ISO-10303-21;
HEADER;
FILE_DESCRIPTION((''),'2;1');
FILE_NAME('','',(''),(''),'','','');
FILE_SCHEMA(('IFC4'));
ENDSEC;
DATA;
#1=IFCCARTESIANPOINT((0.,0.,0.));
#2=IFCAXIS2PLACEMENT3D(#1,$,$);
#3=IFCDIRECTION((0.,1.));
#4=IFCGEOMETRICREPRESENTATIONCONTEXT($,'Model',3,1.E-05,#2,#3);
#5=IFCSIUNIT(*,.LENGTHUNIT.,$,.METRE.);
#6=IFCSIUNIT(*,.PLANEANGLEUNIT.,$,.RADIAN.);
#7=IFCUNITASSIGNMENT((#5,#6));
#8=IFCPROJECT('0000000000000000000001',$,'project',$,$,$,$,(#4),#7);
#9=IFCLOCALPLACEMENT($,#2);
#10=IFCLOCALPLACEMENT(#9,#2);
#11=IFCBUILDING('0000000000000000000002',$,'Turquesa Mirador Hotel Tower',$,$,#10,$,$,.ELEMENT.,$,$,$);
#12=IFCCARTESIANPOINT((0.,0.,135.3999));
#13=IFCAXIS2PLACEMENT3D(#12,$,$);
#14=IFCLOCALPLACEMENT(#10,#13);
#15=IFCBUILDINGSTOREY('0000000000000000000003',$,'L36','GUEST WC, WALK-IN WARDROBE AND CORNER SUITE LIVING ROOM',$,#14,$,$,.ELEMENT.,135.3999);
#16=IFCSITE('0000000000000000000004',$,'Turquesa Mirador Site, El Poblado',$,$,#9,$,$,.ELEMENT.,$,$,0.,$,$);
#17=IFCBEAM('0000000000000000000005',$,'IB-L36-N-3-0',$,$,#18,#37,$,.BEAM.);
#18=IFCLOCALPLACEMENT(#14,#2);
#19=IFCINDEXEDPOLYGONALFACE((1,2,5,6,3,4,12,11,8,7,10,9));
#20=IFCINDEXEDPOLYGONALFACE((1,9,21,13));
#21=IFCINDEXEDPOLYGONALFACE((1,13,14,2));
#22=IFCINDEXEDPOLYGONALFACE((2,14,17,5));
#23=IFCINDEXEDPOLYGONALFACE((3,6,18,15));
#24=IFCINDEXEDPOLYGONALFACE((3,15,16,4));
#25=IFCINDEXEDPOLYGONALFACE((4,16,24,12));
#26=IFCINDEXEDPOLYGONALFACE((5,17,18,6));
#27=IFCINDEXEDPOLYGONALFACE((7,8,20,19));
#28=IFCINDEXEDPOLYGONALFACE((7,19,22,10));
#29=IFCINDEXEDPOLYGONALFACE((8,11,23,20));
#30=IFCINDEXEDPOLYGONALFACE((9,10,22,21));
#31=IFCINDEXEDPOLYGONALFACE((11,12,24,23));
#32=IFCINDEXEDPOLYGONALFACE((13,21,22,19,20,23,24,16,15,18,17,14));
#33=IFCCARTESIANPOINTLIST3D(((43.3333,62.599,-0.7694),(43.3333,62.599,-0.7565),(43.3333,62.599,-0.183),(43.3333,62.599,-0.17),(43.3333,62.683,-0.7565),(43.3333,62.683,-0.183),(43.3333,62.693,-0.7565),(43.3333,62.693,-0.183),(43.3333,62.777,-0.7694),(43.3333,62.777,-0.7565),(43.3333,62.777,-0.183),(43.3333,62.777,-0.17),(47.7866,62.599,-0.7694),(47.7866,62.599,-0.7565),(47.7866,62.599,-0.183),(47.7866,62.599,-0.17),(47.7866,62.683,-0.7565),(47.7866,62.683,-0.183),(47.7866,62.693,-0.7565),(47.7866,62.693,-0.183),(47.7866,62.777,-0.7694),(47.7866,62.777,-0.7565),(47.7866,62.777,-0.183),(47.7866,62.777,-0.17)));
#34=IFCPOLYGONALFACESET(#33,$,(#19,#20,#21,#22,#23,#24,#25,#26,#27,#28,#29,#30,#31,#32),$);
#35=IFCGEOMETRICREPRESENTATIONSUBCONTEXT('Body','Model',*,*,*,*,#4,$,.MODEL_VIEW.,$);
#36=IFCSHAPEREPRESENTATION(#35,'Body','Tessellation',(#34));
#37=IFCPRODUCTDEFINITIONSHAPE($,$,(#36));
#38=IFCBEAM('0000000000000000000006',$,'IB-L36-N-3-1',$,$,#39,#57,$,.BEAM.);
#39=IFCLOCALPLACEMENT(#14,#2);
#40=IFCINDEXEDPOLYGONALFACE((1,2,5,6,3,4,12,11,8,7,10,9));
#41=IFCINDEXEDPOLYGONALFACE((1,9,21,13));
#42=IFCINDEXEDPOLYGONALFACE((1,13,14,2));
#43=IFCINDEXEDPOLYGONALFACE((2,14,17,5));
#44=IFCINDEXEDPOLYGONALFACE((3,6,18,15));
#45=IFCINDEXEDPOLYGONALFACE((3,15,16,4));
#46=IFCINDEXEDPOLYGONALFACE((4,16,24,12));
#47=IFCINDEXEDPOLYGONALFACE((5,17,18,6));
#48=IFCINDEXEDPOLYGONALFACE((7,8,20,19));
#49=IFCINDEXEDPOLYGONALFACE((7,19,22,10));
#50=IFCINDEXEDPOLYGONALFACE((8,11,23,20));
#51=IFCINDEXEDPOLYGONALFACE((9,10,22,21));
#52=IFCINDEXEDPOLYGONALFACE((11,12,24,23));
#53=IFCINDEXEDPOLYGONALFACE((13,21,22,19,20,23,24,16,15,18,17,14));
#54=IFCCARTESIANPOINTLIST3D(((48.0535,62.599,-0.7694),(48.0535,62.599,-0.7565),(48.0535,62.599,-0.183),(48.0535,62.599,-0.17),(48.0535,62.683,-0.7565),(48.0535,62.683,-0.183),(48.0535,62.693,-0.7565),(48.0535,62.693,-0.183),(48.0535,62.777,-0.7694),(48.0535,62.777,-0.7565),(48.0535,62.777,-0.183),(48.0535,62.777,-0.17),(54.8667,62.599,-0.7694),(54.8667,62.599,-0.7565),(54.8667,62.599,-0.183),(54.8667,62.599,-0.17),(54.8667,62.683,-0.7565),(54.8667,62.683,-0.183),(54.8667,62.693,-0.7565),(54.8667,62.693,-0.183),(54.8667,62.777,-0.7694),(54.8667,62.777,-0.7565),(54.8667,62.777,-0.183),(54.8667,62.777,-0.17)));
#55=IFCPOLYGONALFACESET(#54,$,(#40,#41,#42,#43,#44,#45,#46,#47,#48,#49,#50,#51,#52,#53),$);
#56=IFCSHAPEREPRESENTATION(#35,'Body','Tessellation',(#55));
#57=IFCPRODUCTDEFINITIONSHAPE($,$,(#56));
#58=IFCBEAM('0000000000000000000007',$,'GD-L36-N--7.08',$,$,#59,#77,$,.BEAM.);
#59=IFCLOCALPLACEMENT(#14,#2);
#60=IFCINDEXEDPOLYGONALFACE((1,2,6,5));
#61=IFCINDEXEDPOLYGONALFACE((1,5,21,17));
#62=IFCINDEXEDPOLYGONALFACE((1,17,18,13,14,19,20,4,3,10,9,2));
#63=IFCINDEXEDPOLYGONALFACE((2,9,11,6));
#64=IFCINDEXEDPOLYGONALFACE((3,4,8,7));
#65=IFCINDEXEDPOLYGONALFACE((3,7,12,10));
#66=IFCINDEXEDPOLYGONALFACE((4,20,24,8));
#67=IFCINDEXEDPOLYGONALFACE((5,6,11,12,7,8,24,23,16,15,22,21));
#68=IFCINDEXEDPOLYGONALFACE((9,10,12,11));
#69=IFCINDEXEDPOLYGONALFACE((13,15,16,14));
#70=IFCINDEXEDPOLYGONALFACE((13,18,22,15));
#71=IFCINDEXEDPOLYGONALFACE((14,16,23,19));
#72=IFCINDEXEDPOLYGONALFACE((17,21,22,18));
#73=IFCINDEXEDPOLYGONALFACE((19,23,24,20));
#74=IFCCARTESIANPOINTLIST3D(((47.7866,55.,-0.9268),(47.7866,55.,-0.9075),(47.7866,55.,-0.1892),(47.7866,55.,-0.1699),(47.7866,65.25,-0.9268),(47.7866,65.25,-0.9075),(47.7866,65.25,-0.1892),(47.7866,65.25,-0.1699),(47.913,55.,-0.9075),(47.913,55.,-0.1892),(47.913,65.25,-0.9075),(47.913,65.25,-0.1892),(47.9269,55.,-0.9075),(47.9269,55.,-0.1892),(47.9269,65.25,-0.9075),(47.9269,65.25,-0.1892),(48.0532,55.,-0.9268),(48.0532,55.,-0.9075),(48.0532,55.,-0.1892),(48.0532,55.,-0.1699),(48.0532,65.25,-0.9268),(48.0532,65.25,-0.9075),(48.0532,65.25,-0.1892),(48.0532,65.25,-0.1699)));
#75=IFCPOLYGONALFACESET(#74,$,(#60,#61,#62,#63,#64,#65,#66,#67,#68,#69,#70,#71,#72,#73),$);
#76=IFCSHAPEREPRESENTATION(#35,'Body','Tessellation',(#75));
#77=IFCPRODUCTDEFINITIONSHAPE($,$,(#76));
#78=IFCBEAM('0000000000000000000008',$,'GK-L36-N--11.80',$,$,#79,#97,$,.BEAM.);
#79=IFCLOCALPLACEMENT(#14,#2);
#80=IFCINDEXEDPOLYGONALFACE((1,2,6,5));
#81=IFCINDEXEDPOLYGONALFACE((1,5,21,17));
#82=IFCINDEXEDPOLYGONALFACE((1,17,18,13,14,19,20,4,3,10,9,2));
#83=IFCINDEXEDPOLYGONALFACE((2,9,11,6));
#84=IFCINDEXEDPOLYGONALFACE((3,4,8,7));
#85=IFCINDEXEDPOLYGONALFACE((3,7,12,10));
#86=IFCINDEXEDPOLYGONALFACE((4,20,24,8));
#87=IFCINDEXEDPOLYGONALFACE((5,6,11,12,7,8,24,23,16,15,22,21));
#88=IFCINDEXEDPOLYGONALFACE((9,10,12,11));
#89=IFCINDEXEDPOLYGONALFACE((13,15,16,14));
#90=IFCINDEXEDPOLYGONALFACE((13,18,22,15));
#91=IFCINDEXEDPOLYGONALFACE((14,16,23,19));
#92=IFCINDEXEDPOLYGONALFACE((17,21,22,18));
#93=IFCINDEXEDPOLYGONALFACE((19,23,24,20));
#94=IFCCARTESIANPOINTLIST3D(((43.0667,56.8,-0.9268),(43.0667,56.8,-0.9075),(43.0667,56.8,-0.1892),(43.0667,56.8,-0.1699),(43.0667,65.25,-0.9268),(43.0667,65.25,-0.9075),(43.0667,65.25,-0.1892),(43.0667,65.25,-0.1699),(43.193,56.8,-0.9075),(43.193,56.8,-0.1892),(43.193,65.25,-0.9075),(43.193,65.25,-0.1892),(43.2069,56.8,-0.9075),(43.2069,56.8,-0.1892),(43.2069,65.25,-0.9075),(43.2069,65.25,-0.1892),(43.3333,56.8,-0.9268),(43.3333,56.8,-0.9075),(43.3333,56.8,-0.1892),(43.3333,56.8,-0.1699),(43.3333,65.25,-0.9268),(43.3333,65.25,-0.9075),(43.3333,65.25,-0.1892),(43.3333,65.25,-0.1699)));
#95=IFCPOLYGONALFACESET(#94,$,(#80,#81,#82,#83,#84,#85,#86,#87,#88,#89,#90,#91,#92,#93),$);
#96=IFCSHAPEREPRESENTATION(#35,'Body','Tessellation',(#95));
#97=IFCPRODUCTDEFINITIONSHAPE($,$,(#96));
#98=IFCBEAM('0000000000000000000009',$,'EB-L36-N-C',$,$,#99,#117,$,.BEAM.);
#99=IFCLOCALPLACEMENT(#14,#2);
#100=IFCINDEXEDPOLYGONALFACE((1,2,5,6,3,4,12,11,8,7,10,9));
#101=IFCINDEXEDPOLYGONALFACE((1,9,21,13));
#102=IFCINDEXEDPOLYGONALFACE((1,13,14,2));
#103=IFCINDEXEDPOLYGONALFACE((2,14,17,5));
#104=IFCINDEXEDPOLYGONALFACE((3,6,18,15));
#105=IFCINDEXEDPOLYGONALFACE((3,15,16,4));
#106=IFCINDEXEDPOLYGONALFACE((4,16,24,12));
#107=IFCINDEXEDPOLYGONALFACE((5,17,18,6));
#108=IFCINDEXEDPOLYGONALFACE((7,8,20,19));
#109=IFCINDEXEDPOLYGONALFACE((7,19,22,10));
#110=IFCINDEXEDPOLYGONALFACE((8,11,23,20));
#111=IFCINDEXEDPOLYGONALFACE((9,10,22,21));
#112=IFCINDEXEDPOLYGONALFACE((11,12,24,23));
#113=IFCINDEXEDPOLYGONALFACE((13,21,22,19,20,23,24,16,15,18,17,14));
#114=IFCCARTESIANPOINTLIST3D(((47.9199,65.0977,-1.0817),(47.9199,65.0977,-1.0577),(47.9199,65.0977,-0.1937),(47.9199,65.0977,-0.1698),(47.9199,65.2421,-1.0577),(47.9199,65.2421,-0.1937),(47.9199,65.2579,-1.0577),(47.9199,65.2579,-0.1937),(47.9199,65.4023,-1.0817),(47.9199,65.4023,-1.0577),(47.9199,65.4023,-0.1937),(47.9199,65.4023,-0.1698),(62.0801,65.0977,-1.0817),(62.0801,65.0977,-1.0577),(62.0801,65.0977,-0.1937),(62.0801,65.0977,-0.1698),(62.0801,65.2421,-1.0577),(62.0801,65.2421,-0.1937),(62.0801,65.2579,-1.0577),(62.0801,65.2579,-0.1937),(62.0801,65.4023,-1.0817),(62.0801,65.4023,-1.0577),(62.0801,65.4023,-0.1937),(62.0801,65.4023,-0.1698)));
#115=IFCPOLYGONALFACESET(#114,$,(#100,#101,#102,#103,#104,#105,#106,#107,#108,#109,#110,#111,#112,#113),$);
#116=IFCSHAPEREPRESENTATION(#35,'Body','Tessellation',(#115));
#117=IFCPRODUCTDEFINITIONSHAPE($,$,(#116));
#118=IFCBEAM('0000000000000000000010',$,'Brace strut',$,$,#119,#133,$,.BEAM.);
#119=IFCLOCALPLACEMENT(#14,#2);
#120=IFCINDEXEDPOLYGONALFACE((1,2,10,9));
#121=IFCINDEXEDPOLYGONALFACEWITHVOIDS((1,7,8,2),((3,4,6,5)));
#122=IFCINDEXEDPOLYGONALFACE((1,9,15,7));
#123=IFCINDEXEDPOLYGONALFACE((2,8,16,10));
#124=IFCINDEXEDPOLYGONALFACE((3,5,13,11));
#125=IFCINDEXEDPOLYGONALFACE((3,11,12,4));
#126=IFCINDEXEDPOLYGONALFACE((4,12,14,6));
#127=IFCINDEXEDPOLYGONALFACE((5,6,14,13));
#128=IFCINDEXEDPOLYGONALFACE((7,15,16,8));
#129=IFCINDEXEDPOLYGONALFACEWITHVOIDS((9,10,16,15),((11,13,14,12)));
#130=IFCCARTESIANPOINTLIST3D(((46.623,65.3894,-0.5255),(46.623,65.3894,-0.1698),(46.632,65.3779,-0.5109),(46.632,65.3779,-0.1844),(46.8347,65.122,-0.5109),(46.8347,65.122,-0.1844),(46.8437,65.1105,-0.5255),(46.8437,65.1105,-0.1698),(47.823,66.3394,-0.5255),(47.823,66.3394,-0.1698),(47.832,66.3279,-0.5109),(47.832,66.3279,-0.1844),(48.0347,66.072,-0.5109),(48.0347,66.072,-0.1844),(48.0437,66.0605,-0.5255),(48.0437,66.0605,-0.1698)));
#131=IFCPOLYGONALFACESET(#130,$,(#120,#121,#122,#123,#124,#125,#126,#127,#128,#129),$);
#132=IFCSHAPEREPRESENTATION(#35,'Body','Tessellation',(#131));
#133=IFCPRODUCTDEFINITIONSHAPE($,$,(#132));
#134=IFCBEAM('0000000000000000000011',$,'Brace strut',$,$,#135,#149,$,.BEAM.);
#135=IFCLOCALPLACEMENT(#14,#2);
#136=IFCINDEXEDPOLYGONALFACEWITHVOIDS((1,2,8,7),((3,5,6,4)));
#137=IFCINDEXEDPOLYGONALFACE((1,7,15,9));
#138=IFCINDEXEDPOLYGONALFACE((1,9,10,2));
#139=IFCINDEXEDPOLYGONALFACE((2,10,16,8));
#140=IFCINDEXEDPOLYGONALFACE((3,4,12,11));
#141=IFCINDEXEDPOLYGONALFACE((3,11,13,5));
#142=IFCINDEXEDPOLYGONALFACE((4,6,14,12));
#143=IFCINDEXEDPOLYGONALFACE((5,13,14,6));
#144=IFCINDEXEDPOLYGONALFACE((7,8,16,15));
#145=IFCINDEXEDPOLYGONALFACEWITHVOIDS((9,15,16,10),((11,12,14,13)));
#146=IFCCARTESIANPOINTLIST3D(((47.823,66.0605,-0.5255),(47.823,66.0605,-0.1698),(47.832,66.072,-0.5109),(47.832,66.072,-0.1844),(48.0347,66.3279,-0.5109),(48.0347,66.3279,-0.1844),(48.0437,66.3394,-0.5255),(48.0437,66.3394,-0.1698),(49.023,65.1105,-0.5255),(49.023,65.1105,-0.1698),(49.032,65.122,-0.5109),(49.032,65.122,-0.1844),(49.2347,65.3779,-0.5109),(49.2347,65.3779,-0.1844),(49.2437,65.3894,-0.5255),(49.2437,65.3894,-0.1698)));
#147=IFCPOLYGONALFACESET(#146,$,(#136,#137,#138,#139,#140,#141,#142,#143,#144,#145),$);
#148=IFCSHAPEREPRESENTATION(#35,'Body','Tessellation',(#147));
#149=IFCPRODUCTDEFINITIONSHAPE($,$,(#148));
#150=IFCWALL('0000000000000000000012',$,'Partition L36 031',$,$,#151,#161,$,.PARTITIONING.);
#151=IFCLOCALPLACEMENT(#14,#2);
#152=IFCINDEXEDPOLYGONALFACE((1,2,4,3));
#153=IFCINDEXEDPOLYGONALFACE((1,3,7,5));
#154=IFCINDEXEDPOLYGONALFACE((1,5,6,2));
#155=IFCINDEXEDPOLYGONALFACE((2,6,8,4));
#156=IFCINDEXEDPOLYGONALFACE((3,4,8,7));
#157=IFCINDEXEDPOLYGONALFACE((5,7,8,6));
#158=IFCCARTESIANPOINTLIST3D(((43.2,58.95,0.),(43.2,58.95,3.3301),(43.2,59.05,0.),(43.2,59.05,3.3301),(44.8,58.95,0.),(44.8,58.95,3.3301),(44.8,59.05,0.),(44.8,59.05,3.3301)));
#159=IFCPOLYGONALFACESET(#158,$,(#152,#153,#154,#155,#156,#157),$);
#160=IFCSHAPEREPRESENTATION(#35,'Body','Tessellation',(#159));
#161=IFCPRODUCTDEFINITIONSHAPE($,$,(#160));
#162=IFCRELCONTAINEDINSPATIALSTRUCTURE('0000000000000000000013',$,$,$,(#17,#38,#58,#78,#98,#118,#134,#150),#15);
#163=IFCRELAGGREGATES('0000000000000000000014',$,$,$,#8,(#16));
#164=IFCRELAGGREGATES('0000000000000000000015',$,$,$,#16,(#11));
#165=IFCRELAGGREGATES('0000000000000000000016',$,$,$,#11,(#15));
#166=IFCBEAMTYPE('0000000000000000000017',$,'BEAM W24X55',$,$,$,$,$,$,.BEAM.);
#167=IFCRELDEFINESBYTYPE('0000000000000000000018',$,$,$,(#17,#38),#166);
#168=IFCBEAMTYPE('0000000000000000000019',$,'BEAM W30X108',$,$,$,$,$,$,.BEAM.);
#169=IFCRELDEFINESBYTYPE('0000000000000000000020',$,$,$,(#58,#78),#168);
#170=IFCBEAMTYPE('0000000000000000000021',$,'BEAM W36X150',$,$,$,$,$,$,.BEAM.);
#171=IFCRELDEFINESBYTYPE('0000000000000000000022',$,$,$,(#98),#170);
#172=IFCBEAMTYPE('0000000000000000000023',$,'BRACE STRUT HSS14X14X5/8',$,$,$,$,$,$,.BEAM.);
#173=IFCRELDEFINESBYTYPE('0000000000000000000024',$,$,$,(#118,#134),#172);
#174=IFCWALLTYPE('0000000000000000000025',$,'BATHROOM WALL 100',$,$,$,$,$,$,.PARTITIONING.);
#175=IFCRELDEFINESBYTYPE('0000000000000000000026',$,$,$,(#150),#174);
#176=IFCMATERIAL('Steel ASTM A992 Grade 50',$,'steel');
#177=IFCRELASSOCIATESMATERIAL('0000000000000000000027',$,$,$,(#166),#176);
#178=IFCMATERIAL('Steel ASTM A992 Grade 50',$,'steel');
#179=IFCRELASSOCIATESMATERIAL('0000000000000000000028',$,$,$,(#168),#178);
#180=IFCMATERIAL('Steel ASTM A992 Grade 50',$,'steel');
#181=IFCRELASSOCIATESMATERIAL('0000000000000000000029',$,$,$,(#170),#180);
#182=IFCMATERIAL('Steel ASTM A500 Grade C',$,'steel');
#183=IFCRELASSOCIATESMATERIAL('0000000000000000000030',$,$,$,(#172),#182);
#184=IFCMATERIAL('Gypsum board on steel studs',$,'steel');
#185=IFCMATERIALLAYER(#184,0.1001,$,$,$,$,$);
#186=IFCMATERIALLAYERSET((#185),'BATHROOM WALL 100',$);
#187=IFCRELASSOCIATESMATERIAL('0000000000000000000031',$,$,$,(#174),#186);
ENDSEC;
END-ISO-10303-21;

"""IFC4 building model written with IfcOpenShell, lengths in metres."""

from ifc_helpers import new_model, si_unit, direction, frame, frame_2d, origin, origin_2d, place, context, subcontext, project, spatial, rectangle, hollow_rectangle, i_section, extrude, material, layer, layer_set, material_profile, profile_set, type_object, element, save


model = new_model("IFC4")

# Units and contexts
model_context = context("Model", 3, precision=1e-05, world=origin(), true_north=direction((0.0, 1.0)))
body_context = subcontext(model_context, "Body", "Model", "MODEL_VIEW")
ifc_project = project(units=[si_unit("LENGTHUNIT", "METRE"), si_unit("PLANEANGLEUNIT", "RADIAN")], contexts=[model_context])

# Site, building, storey
site_placement = place(None, origin())
site = spatial("IfcSite", under=ifc_project, at=site_placement, Name="Turquesa Mirador Site, El Poblado", CompositionType="ELEMENT", RefElevation=0.0)
building_placement = place(site_placement, origin())
building = spatial("IfcBuilding", under=site, at=building_placement, Name="Turquesa Mirador Hotel Tower", CompositionType="ELEMENT")
storey_placement = place(building_placement, frame((0.0, 0.0, 135.3999)))
storey = spatial("IfcBuildingStorey", under=building, at=storey_placement, Name="L36", Description="GUEST WC, WALK-IN WARDROBE AND CORNER SUITE LIVING ROOM", CompositionType="ELEMENT", Elevation=135.3999)

# Beams
ifc_material_1 = material(Name="Steel ASTM A992 Grade 50", Category="steel")
ifc_material_profile_1 = material_profile(ifc_material_1, i_section(OverallWidth=0.178, OverallDepth=0.5994, WebThickness=0.01, FlangeThickness=0.0129, at=origin_2d()), Name="W24X55")
ifc_profile_set_1 = profile_set([ifc_material_profile_1], Name="Steel ASTM A992 Grade 50")
beam_type_1 = type_object("IfcBeamType", Name="BEAM W24X55", PredefinedType="BEAM", material=ifc_profile_set_1)
beam_1_placement = place(storey_placement, frame((43.3333, 62.688, -0.4697), z_axis=(1.0, 0.0, 0.0), x_axis=(0.0, 1.0, 0.0)))
element("IfcBeam", 1, at=beam_1_placement, inside=storey, type_object=beam_type_1, Name="IB-L36-N-3-0", PredefinedType="BEAM", context=body_context, shape_type="SweptSolid", body=[
    extrude(i_section(OverallWidth=0.178, OverallDepth=0.5994, WebThickness=0.01, FlangeThickness=0.0129, at=origin_2d()), origin(), (0.0, 0.0, 1.0), 4.4534),
])
beam_2_placement = place(storey_placement, frame((48.0535, 62.688, -0.4697), z_axis=(1.0, 0.0, 0.0), x_axis=(0.0, 1.0, 0.0)))
element("IfcBeam", 2, at=beam_2_placement, inside=storey, type_object=beam_type_1, Name="IB-L36-N-3-1", PredefinedType="BEAM", context=body_context, shape_type="SweptSolid", body=[
    extrude(i_section(OverallWidth=0.178, OverallDepth=0.5994, WebThickness=0.01, FlangeThickness=0.0129, at=origin_2d()), origin(), (0.0, 0.0, 1.0), 6.8132),
])
ifc_material_2 = material(Name="Steel ASTM A992 Grade 50", Category="steel")
ifc_material_profile_2 = material_profile(ifc_material_2, i_section(OverallWidth=0.2666, OverallDepth=0.7568, WebThickness=0.0139, FlangeThickness=0.0193, at=origin_2d()), Name="W30X108")
ifc_profile_set_2 = profile_set([ifc_material_profile_2], Name="Steel ASTM A992 Grade 50")
beam_type_2 = type_object("IfcBeamType", Name="BEAM W30X108", PredefinedType="BEAM", material=ifc_profile_set_2)
beam_3_placement = place(storey_placement, frame((47.9199, 65.25, -0.5483), z_axis=(0.0, -1.0, 0.0), x_axis=(1.0, 0.0, 0.0)))
element("IfcBeam", 3, at=beam_3_placement, inside=storey, type_object=beam_type_2, Name="GD-L36-N--7.08", PredefinedType="BEAM", context=body_context, shape_type="SweptSolid", body=[
    extrude(i_section(OverallWidth=0.2666, OverallDepth=0.7568, WebThickness=0.0139, FlangeThickness=0.0193, at=origin_2d()), origin(), (0.0, 0.0, 1.0), 10.25),
])
beam_4_placement = place(storey_placement, frame((43.2, 65.25, -0.5483), z_axis=(0.0, -1.0, 0.0), x_axis=(1.0, 0.0, 0.0)))
element("IfcBeam", 4, at=beam_4_placement, inside=storey, type_object=beam_type_2, Name="GK-L36-N--11.80", PredefinedType="BEAM", context=body_context, shape_type="SweptSolid", body=[
    extrude(i_section(OverallWidth=0.2666, OverallDepth=0.7568, WebThickness=0.0139, FlangeThickness=0.0193, at=origin_2d()), origin(), (0.0, 0.0, 1.0), 8.45),
])
ifc_material_3 = material(Name="Steel ASTM A992 Grade 50", Category="steel")
ifc_material_profile_3 = material_profile(ifc_material_3, i_section(OverallWidth=0.3047, OverallDepth=0.9119, WebThickness=0.0159, FlangeThickness=0.0239, at=origin_2d()), Name="W36X150")
ifc_profile_set_3 = profile_set([ifc_material_profile_3], Name="Steel ASTM A992 Grade 50")
beam_type_3 = type_object("IfcBeamType", Name="BEAM W36X150", PredefinedType="BEAM", material=ifc_profile_set_3)
beam_5_placement = place(storey_placement, frame((47.9199, 65.25, -0.6257), z_axis=(1.0, 0.0, 0.0), x_axis=(0.0, 1.0, 0.0)))
element("IfcBeam", 5, at=beam_5_placement, inside=storey, type_object=beam_type_3, Name="EB-L36-N-C", PredefinedType="BEAM", context=body_context, shape_type="SweptSolid", body=[
    extrude(i_section(OverallWidth=0.3047, OverallDepth=0.9119, WebThickness=0.0159, FlangeThickness=0.0239, at=origin_2d()), origin(), (0.0, 0.0, 1.0), 14.1602),
])
ifc_material_4 = material(Name="Steel ASTM A500 Grade C", Category="steel")
ifc_material_profile_4 = material_profile(ifc_material_4, hollow_rectangle(XDim=0.3557, YDim=0.3557, WallThickness=0.0146, at=origin_2d()), Name="HSS14X14X5/8")
ifc_profile_set_4 = profile_set([ifc_material_profile_4], Name="Steel ASTM A500 Grade C")
beam_type_4 = type_object("IfcBeamType", Name="BRACE STRUT HSS14X14X5/8", PredefinedType="BEAM", material=ifc_profile_set_4)
for number, where, z_axis, x_axis, name in (
    (6, (47.9333, 66.2, -0.3477), (-0.784049, -0.620699, 0.0), (0.620699, -0.784049, 0.0), "Brace strut"),
    (7, (47.9333, 66.2, -0.3477), (0.784049, -0.620699, 0.0), (0.620699, 0.784049, 0.0), "Brace strut"),
):
    element("IfcBeam", number, at=place(storey_placement, frame(where, z_axis=z_axis, x_axis=x_axis)), inside=storey, type_object=beam_type_4, Name=name, PredefinedType="BEAM", context=body_context, shape_type="SweptSolid", body=[
        extrude(hollow_rectangle(XDim=0.3557, YDim=0.3557, WallThickness=0.0146, at=origin_2d()), origin(), (0.0, 0.0, 1.0), 1.5305),
    ])

# Wall
ifc_material_5 = material(Name="Gypsum board on steel studs", Category="steel")
ifc_layer_1 = layer(ifc_material_5, 0.1001)
ifc_layer_set_1 = layer_set([ifc_layer_1], Name="BATHROOM WALL 100")
wall_type_1 = type_object("IfcWallType", Name="BATHROOM WALL 100", PredefinedType="PARTITIONING", material=ifc_layer_set_1)
wall_1_placement = place(storey_placement, frame((43.2, 59.0, 0.0), z_axis=(0.0, 0.0, 1.0), x_axis=(1.0, 0.0, 0.0)))
element("IfcWall", 8, at=wall_1_placement, inside=storey, type_object=wall_type_1, Name="Partition L36 031", PredefinedType="PARTITIONING", context=body_context, shape_type="SweptSolid", body=[
    extrude(rectangle(XDim=1.6001, YDim=0.1001, at=frame_2d((0.8, 0.0))), origin(), (0.0, 0.0, 1.0), 3.3301),
])

save(model, "model.ifc")
